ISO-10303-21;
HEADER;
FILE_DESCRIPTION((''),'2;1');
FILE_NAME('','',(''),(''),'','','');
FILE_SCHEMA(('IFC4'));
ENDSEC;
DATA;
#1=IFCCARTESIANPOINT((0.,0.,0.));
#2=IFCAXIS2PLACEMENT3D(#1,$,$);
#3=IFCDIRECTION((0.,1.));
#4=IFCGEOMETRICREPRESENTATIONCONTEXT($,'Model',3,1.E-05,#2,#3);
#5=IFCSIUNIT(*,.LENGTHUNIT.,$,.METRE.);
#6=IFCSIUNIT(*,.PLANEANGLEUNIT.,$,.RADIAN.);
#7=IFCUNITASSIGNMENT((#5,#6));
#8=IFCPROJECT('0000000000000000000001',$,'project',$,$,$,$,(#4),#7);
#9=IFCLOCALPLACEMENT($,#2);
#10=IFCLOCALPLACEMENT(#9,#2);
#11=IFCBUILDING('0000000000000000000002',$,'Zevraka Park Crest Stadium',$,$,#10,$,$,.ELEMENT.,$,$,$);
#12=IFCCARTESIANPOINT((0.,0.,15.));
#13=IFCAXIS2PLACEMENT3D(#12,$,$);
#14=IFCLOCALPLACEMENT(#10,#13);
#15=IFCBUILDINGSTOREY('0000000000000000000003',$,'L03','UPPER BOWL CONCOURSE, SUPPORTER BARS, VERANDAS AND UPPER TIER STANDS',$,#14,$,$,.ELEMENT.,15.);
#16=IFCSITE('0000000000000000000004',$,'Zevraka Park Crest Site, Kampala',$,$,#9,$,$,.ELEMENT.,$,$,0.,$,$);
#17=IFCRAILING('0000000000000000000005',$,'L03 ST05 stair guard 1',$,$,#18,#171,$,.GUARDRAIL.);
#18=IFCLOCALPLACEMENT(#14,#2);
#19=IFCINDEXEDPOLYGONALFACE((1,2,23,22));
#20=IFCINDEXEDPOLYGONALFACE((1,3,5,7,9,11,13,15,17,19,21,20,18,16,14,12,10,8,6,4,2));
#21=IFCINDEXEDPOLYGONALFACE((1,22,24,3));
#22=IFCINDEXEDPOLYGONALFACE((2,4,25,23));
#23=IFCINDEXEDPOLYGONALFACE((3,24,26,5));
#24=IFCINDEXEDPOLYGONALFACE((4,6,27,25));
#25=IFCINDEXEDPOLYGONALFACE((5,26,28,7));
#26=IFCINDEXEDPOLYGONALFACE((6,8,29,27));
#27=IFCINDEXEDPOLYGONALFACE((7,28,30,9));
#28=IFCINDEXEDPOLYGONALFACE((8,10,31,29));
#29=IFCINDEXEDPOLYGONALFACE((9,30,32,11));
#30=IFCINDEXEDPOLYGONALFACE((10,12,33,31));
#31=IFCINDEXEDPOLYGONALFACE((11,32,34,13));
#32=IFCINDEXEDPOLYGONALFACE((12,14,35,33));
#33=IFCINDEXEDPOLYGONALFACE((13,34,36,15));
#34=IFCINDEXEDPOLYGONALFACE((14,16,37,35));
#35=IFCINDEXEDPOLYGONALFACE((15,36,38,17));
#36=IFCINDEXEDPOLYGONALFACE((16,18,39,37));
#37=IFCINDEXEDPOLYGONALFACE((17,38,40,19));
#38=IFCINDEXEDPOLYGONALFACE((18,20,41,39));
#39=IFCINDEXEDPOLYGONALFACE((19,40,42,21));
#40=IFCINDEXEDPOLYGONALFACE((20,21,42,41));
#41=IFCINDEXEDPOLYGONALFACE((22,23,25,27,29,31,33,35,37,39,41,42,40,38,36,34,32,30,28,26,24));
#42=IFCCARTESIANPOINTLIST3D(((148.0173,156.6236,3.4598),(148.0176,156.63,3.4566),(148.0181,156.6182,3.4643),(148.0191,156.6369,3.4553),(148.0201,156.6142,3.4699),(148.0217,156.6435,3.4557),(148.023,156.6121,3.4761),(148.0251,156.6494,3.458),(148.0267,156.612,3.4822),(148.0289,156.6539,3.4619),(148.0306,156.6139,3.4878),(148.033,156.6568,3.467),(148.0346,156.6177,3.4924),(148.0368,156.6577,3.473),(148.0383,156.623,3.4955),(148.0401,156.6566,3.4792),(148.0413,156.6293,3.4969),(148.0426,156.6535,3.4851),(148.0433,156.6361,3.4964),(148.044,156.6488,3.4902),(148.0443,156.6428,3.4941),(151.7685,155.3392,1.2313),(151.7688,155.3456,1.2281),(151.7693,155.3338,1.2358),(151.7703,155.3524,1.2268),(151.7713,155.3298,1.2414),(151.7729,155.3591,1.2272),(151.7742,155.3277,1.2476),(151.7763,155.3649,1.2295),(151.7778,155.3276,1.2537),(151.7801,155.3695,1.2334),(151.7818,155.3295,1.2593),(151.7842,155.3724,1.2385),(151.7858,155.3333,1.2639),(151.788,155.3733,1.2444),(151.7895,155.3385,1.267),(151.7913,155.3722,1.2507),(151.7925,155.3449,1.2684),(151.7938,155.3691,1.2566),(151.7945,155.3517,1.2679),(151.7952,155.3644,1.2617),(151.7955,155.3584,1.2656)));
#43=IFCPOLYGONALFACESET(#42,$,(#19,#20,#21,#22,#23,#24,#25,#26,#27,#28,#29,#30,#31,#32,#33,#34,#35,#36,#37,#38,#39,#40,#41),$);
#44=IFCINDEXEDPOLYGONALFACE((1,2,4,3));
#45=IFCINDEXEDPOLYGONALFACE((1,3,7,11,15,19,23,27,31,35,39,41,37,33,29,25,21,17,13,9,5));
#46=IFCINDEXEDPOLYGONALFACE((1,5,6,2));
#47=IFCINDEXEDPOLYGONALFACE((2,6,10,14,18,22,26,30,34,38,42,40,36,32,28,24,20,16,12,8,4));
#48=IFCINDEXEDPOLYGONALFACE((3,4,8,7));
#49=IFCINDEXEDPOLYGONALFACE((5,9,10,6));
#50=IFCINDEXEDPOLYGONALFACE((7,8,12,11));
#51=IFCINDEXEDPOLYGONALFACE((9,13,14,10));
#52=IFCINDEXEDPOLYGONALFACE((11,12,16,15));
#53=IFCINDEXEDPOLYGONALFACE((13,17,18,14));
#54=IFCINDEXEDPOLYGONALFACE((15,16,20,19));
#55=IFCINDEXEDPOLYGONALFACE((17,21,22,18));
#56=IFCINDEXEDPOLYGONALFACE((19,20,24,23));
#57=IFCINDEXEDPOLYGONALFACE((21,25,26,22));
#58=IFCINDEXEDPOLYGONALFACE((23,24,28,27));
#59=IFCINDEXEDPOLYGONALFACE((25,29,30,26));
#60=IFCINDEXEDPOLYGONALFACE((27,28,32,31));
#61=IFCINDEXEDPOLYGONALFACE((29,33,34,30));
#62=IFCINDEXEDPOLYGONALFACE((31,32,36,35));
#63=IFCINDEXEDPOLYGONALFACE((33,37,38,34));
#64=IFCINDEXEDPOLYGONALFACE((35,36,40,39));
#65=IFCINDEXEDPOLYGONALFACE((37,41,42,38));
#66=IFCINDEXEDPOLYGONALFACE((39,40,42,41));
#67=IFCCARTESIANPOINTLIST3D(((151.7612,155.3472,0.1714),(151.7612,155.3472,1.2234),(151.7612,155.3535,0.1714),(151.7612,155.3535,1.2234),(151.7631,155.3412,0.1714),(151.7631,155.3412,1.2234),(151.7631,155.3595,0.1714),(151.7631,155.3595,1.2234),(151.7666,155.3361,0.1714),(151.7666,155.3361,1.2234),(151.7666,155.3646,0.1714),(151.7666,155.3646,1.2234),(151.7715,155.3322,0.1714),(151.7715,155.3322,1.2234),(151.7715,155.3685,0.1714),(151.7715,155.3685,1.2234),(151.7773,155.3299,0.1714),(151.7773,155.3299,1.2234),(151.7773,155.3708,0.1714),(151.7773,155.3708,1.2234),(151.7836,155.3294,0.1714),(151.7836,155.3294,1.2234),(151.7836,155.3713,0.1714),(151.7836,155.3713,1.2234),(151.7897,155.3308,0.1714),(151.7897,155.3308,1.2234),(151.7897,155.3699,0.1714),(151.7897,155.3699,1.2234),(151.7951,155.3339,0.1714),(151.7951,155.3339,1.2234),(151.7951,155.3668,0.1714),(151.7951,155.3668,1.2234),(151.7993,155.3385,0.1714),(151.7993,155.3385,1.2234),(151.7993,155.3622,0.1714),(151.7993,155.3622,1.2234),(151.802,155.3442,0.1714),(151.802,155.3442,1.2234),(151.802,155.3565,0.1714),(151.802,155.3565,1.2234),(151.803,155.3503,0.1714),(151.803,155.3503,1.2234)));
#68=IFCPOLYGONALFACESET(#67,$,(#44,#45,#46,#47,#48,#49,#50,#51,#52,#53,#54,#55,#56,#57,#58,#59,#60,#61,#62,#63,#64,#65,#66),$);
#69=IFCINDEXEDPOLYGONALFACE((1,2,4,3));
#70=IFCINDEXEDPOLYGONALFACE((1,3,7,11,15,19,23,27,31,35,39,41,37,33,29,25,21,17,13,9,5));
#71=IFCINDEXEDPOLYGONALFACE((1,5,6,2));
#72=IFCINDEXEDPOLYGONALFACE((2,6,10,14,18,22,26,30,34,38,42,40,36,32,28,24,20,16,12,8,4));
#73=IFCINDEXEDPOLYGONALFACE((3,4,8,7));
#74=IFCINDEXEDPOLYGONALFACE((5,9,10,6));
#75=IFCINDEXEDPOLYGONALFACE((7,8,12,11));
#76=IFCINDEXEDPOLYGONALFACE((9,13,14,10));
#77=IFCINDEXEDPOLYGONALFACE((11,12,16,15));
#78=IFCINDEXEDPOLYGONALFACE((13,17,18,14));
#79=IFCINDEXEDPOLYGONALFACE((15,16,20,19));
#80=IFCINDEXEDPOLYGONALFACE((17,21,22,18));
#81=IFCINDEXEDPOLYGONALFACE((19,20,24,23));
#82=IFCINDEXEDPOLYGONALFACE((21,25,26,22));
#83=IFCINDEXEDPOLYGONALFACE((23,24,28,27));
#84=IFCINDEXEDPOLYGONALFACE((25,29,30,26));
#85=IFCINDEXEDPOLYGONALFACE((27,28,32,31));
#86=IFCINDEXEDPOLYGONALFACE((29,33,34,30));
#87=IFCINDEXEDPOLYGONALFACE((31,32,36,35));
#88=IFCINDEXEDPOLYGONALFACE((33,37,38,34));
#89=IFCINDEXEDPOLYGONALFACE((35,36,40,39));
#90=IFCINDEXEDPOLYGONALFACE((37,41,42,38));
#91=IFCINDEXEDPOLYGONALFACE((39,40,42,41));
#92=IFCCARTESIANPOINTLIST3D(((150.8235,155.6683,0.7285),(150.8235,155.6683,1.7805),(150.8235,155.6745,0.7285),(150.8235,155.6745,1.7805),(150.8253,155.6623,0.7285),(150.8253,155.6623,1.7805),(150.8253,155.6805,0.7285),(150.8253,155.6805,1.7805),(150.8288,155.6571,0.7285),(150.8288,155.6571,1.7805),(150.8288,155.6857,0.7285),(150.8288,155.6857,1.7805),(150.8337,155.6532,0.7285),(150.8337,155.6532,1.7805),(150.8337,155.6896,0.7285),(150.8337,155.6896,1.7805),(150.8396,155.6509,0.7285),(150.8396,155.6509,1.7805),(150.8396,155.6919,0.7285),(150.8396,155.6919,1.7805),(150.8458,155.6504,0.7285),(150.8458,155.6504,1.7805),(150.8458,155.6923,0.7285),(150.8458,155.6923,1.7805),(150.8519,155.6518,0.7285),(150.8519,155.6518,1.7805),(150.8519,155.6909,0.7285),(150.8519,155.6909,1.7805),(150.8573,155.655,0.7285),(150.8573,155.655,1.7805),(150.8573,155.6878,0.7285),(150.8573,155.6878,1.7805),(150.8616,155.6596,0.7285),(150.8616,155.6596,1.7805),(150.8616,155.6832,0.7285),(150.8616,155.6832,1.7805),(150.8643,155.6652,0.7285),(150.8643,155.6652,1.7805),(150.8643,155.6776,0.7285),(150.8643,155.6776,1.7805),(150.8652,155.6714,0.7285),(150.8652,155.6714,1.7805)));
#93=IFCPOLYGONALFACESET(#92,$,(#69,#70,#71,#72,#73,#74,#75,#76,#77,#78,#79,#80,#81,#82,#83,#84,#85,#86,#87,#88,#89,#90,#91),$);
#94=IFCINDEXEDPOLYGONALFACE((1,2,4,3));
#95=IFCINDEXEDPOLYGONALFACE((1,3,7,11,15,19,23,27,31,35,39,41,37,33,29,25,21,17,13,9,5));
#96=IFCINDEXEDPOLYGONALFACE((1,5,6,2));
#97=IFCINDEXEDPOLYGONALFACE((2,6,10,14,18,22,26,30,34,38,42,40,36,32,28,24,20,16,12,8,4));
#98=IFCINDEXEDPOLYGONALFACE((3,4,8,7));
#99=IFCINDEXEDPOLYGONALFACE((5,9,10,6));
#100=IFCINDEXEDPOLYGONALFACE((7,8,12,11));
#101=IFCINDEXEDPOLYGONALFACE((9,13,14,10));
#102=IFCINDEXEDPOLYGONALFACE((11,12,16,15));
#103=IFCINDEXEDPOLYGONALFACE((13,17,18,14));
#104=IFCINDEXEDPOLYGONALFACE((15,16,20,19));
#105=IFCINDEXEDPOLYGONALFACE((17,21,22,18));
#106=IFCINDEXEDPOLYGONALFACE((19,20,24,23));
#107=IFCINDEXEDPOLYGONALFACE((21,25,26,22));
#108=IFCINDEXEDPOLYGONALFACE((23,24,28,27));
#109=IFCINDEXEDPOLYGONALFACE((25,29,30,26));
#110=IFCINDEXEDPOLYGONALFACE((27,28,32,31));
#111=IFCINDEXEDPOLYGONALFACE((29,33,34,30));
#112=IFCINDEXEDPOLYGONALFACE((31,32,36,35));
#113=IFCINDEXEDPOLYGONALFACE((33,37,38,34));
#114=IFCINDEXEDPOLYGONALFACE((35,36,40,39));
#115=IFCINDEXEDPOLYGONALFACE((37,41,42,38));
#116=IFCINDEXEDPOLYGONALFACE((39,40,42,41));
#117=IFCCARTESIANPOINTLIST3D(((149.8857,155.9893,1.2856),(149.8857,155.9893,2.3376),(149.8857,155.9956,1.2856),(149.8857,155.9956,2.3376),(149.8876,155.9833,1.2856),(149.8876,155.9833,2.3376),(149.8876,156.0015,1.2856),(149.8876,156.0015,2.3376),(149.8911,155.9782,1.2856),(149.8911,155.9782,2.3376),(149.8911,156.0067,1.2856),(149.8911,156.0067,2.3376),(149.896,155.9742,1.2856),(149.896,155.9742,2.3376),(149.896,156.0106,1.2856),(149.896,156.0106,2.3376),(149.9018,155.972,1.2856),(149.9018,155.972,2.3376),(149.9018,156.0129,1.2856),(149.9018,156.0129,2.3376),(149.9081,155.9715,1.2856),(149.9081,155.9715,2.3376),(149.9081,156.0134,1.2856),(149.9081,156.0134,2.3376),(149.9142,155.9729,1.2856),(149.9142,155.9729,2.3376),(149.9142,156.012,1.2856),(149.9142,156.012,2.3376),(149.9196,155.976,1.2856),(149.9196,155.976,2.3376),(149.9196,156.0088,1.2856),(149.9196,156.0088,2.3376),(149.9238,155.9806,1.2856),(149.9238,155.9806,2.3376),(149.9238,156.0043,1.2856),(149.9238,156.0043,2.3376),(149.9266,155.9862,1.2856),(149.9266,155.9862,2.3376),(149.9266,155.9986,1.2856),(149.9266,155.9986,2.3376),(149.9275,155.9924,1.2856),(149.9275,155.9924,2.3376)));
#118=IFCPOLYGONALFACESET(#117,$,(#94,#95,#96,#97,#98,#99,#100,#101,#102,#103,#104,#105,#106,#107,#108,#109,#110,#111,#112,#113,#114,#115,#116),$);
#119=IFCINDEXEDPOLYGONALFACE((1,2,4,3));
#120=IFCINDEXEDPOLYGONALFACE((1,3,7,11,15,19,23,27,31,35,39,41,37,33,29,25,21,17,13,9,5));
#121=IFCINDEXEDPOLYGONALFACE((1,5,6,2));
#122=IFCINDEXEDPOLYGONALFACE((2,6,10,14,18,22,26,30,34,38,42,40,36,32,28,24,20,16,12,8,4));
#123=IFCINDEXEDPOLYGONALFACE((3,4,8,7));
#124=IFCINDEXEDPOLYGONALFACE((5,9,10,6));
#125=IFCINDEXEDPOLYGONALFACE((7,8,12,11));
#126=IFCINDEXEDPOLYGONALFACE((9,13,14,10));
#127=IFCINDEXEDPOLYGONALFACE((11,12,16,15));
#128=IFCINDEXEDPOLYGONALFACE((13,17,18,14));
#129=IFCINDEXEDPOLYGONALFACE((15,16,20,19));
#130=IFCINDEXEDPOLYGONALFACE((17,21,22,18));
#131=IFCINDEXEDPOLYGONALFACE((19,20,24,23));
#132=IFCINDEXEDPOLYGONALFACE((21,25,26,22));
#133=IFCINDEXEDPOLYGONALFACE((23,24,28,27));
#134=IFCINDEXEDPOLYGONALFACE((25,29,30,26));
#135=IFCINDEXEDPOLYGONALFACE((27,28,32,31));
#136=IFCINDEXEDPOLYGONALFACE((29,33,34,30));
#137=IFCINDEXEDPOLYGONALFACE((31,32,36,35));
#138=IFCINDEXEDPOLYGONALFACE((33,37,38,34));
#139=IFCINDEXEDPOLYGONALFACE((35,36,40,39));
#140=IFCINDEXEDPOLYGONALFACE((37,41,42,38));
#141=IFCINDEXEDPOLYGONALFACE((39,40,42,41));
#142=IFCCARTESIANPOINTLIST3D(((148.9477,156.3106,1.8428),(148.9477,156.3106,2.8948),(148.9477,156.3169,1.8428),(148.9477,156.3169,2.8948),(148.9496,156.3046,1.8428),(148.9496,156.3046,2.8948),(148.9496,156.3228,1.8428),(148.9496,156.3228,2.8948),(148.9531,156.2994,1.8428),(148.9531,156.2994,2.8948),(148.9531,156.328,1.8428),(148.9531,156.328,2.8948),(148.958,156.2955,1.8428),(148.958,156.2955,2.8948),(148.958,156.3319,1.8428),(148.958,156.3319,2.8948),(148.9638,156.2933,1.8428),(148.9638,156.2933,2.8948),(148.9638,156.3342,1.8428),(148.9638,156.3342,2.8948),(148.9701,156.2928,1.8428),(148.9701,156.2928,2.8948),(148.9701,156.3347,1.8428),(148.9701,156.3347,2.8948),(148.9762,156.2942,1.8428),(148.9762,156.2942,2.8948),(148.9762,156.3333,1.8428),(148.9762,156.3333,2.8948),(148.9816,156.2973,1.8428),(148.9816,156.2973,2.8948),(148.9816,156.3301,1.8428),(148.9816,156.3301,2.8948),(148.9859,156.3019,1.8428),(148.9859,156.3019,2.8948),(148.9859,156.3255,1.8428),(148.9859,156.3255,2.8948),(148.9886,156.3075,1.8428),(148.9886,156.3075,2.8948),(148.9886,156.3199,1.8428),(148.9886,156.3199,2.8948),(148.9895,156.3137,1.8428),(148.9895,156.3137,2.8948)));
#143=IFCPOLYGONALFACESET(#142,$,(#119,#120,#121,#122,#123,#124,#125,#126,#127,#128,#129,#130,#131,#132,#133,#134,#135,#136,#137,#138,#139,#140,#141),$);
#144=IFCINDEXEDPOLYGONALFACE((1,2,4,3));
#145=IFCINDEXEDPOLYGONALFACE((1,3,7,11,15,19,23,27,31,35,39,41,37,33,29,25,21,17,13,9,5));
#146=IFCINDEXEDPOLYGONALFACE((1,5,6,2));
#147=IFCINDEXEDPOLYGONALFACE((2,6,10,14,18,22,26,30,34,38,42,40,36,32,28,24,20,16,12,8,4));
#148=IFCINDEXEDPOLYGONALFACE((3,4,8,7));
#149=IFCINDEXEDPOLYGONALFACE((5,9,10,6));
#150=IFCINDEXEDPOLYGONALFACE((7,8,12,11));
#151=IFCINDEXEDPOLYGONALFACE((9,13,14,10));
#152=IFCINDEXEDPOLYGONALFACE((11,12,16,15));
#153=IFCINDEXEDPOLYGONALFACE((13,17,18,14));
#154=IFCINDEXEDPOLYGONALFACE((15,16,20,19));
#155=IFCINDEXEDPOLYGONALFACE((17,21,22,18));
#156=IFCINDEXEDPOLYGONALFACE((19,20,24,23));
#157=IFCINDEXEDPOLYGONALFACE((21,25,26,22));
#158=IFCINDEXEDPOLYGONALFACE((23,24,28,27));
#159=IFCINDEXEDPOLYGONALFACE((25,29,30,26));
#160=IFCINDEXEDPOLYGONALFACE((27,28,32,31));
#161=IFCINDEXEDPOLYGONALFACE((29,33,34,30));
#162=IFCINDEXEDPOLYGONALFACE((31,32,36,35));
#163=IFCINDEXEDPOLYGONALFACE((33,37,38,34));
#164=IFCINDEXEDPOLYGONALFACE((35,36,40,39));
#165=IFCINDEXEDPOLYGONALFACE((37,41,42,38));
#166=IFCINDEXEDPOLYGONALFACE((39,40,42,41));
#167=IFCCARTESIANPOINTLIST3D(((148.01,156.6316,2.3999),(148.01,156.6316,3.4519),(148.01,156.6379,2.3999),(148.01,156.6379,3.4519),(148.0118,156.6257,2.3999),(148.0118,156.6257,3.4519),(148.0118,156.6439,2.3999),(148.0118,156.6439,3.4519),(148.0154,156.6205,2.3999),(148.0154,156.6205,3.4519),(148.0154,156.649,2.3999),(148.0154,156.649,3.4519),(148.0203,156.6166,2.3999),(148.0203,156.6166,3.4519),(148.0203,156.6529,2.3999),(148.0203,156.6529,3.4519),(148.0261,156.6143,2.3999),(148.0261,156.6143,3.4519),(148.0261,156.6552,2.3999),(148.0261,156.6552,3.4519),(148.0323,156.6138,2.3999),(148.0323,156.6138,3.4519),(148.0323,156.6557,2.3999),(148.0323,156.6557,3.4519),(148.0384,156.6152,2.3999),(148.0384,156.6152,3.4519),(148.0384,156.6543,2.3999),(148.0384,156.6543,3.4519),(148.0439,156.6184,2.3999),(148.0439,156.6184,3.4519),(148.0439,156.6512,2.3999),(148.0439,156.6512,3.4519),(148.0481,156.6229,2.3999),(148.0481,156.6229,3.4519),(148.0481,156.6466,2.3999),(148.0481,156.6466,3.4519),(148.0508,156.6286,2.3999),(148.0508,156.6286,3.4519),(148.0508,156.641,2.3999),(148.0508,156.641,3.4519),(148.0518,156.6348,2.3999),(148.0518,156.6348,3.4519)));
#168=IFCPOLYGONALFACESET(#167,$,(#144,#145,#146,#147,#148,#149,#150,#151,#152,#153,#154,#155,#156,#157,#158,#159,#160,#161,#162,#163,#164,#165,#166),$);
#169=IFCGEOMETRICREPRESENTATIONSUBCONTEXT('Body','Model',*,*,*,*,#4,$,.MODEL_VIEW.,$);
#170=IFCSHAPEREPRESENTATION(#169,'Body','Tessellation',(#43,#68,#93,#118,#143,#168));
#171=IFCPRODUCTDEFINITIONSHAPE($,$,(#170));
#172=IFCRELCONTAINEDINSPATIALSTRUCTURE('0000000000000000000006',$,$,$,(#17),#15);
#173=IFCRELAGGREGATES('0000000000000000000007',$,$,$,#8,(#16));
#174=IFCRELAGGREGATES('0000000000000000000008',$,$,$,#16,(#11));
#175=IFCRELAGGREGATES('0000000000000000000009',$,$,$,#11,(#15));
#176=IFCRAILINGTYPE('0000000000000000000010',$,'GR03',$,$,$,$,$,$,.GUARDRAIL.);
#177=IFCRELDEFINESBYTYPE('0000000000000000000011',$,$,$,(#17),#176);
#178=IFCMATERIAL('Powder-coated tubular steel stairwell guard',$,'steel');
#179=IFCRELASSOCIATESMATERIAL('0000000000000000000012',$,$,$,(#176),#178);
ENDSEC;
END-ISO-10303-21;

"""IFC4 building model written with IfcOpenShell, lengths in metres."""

from ifc_helpers import new_model, si_unit, direction, frame, origin, origin_2d, place, context, subcontext, project, spatial, circle, extrude, material, type_object, element, save


model = new_model("IFC4")

# Units and contexts
model_context = context("Model", 3, precision=1e-05, world=origin(), true_north=direction((0.0, 1.0)))
body_context = subcontext(model_context, "Body", "Model", "MODEL_VIEW")
ifc_project = project(units=[si_unit("LENGTHUNIT", "METRE"), si_unit("PLANEANGLEUNIT", "RADIAN")], contexts=[model_context])

# Site, building, storey
site_placement = place(None, origin())
site = spatial("IfcSite", under=ifc_project, at=site_placement, Name="Zevraka Park Crest Site, Kampala", CompositionType="ELEMENT", RefElevation=0.0)
building_placement = place(site_placement, origin())
building = spatial("IfcBuilding", under=site, at=building_placement, Name="Zevraka Park Crest Stadium", CompositionType="ELEMENT")
storey_placement = place(building_placement, frame((0.0, 0.0, 15.0)))
storey = spatial("IfcBuildingStorey", under=building, at=storey_placement, Name="L03", Description="UPPER BOWL CONCOURSE, SUPPORTER BARS, VERANDAS AND UPPER TIER STANDS", CompositionType="ELEMENT", Elevation=15.0)

# Railing
ifc_material_1 = material(Name="Powder-coated tubular steel stairwell guard", Category="steel")
railing_type_1 = type_object("IfcRailingType", Name="GR03", PredefinedType="GUARDRAIL", material=ifc_material_1)
railing_1_placement = place(storey_placement, frame((151.782, 155.3503, 0.1714)))
element("IfcRailing", 1, at=railing_1_placement, inside=storey, type_object=railing_type_1, Name="L03 ST05 stair guard 1", PredefinedType="GUARDRAIL", context=body_context, shape_type="SweptSolid", body=[
    extrude(circle(Radius=0.0239, at=origin_2d()), frame((0.0, 0.0, 1.0762), z_axis=(-0.824739, 0.282392, 0.489959), x_axis=(-0.323939, -0.946078, 0.0)), (0.0, 0.0, 1.0), 4.5483),
    extrude(circle(Radius=0.021, at=origin_2d()), origin(), (0.0, 0.0, 1.0), 1.052),
    extrude(circle(Radius=0.021, at=origin_2d()), frame((-0.9377, 0.321, 0.5571)), (0.0, 0.0, 1.0), 1.052),
    extrude(circle(Radius=0.021, at=origin_2d()), frame((-1.8755, 0.6421, 1.1143)), (0.0, 0.0, 1.0), 1.052),
    extrude(circle(Radius=0.021, at=origin_2d()), frame((-2.8135, 0.9634, 1.6714)), (0.0, 0.0, 1.0), 1.052),
    extrude(circle(Radius=0.021, at=origin_2d()), frame((-3.7512, 1.2844, 2.2285)), (0.0, 0.0, 1.0), 1.052),
])

save(model, "model.ifc")
